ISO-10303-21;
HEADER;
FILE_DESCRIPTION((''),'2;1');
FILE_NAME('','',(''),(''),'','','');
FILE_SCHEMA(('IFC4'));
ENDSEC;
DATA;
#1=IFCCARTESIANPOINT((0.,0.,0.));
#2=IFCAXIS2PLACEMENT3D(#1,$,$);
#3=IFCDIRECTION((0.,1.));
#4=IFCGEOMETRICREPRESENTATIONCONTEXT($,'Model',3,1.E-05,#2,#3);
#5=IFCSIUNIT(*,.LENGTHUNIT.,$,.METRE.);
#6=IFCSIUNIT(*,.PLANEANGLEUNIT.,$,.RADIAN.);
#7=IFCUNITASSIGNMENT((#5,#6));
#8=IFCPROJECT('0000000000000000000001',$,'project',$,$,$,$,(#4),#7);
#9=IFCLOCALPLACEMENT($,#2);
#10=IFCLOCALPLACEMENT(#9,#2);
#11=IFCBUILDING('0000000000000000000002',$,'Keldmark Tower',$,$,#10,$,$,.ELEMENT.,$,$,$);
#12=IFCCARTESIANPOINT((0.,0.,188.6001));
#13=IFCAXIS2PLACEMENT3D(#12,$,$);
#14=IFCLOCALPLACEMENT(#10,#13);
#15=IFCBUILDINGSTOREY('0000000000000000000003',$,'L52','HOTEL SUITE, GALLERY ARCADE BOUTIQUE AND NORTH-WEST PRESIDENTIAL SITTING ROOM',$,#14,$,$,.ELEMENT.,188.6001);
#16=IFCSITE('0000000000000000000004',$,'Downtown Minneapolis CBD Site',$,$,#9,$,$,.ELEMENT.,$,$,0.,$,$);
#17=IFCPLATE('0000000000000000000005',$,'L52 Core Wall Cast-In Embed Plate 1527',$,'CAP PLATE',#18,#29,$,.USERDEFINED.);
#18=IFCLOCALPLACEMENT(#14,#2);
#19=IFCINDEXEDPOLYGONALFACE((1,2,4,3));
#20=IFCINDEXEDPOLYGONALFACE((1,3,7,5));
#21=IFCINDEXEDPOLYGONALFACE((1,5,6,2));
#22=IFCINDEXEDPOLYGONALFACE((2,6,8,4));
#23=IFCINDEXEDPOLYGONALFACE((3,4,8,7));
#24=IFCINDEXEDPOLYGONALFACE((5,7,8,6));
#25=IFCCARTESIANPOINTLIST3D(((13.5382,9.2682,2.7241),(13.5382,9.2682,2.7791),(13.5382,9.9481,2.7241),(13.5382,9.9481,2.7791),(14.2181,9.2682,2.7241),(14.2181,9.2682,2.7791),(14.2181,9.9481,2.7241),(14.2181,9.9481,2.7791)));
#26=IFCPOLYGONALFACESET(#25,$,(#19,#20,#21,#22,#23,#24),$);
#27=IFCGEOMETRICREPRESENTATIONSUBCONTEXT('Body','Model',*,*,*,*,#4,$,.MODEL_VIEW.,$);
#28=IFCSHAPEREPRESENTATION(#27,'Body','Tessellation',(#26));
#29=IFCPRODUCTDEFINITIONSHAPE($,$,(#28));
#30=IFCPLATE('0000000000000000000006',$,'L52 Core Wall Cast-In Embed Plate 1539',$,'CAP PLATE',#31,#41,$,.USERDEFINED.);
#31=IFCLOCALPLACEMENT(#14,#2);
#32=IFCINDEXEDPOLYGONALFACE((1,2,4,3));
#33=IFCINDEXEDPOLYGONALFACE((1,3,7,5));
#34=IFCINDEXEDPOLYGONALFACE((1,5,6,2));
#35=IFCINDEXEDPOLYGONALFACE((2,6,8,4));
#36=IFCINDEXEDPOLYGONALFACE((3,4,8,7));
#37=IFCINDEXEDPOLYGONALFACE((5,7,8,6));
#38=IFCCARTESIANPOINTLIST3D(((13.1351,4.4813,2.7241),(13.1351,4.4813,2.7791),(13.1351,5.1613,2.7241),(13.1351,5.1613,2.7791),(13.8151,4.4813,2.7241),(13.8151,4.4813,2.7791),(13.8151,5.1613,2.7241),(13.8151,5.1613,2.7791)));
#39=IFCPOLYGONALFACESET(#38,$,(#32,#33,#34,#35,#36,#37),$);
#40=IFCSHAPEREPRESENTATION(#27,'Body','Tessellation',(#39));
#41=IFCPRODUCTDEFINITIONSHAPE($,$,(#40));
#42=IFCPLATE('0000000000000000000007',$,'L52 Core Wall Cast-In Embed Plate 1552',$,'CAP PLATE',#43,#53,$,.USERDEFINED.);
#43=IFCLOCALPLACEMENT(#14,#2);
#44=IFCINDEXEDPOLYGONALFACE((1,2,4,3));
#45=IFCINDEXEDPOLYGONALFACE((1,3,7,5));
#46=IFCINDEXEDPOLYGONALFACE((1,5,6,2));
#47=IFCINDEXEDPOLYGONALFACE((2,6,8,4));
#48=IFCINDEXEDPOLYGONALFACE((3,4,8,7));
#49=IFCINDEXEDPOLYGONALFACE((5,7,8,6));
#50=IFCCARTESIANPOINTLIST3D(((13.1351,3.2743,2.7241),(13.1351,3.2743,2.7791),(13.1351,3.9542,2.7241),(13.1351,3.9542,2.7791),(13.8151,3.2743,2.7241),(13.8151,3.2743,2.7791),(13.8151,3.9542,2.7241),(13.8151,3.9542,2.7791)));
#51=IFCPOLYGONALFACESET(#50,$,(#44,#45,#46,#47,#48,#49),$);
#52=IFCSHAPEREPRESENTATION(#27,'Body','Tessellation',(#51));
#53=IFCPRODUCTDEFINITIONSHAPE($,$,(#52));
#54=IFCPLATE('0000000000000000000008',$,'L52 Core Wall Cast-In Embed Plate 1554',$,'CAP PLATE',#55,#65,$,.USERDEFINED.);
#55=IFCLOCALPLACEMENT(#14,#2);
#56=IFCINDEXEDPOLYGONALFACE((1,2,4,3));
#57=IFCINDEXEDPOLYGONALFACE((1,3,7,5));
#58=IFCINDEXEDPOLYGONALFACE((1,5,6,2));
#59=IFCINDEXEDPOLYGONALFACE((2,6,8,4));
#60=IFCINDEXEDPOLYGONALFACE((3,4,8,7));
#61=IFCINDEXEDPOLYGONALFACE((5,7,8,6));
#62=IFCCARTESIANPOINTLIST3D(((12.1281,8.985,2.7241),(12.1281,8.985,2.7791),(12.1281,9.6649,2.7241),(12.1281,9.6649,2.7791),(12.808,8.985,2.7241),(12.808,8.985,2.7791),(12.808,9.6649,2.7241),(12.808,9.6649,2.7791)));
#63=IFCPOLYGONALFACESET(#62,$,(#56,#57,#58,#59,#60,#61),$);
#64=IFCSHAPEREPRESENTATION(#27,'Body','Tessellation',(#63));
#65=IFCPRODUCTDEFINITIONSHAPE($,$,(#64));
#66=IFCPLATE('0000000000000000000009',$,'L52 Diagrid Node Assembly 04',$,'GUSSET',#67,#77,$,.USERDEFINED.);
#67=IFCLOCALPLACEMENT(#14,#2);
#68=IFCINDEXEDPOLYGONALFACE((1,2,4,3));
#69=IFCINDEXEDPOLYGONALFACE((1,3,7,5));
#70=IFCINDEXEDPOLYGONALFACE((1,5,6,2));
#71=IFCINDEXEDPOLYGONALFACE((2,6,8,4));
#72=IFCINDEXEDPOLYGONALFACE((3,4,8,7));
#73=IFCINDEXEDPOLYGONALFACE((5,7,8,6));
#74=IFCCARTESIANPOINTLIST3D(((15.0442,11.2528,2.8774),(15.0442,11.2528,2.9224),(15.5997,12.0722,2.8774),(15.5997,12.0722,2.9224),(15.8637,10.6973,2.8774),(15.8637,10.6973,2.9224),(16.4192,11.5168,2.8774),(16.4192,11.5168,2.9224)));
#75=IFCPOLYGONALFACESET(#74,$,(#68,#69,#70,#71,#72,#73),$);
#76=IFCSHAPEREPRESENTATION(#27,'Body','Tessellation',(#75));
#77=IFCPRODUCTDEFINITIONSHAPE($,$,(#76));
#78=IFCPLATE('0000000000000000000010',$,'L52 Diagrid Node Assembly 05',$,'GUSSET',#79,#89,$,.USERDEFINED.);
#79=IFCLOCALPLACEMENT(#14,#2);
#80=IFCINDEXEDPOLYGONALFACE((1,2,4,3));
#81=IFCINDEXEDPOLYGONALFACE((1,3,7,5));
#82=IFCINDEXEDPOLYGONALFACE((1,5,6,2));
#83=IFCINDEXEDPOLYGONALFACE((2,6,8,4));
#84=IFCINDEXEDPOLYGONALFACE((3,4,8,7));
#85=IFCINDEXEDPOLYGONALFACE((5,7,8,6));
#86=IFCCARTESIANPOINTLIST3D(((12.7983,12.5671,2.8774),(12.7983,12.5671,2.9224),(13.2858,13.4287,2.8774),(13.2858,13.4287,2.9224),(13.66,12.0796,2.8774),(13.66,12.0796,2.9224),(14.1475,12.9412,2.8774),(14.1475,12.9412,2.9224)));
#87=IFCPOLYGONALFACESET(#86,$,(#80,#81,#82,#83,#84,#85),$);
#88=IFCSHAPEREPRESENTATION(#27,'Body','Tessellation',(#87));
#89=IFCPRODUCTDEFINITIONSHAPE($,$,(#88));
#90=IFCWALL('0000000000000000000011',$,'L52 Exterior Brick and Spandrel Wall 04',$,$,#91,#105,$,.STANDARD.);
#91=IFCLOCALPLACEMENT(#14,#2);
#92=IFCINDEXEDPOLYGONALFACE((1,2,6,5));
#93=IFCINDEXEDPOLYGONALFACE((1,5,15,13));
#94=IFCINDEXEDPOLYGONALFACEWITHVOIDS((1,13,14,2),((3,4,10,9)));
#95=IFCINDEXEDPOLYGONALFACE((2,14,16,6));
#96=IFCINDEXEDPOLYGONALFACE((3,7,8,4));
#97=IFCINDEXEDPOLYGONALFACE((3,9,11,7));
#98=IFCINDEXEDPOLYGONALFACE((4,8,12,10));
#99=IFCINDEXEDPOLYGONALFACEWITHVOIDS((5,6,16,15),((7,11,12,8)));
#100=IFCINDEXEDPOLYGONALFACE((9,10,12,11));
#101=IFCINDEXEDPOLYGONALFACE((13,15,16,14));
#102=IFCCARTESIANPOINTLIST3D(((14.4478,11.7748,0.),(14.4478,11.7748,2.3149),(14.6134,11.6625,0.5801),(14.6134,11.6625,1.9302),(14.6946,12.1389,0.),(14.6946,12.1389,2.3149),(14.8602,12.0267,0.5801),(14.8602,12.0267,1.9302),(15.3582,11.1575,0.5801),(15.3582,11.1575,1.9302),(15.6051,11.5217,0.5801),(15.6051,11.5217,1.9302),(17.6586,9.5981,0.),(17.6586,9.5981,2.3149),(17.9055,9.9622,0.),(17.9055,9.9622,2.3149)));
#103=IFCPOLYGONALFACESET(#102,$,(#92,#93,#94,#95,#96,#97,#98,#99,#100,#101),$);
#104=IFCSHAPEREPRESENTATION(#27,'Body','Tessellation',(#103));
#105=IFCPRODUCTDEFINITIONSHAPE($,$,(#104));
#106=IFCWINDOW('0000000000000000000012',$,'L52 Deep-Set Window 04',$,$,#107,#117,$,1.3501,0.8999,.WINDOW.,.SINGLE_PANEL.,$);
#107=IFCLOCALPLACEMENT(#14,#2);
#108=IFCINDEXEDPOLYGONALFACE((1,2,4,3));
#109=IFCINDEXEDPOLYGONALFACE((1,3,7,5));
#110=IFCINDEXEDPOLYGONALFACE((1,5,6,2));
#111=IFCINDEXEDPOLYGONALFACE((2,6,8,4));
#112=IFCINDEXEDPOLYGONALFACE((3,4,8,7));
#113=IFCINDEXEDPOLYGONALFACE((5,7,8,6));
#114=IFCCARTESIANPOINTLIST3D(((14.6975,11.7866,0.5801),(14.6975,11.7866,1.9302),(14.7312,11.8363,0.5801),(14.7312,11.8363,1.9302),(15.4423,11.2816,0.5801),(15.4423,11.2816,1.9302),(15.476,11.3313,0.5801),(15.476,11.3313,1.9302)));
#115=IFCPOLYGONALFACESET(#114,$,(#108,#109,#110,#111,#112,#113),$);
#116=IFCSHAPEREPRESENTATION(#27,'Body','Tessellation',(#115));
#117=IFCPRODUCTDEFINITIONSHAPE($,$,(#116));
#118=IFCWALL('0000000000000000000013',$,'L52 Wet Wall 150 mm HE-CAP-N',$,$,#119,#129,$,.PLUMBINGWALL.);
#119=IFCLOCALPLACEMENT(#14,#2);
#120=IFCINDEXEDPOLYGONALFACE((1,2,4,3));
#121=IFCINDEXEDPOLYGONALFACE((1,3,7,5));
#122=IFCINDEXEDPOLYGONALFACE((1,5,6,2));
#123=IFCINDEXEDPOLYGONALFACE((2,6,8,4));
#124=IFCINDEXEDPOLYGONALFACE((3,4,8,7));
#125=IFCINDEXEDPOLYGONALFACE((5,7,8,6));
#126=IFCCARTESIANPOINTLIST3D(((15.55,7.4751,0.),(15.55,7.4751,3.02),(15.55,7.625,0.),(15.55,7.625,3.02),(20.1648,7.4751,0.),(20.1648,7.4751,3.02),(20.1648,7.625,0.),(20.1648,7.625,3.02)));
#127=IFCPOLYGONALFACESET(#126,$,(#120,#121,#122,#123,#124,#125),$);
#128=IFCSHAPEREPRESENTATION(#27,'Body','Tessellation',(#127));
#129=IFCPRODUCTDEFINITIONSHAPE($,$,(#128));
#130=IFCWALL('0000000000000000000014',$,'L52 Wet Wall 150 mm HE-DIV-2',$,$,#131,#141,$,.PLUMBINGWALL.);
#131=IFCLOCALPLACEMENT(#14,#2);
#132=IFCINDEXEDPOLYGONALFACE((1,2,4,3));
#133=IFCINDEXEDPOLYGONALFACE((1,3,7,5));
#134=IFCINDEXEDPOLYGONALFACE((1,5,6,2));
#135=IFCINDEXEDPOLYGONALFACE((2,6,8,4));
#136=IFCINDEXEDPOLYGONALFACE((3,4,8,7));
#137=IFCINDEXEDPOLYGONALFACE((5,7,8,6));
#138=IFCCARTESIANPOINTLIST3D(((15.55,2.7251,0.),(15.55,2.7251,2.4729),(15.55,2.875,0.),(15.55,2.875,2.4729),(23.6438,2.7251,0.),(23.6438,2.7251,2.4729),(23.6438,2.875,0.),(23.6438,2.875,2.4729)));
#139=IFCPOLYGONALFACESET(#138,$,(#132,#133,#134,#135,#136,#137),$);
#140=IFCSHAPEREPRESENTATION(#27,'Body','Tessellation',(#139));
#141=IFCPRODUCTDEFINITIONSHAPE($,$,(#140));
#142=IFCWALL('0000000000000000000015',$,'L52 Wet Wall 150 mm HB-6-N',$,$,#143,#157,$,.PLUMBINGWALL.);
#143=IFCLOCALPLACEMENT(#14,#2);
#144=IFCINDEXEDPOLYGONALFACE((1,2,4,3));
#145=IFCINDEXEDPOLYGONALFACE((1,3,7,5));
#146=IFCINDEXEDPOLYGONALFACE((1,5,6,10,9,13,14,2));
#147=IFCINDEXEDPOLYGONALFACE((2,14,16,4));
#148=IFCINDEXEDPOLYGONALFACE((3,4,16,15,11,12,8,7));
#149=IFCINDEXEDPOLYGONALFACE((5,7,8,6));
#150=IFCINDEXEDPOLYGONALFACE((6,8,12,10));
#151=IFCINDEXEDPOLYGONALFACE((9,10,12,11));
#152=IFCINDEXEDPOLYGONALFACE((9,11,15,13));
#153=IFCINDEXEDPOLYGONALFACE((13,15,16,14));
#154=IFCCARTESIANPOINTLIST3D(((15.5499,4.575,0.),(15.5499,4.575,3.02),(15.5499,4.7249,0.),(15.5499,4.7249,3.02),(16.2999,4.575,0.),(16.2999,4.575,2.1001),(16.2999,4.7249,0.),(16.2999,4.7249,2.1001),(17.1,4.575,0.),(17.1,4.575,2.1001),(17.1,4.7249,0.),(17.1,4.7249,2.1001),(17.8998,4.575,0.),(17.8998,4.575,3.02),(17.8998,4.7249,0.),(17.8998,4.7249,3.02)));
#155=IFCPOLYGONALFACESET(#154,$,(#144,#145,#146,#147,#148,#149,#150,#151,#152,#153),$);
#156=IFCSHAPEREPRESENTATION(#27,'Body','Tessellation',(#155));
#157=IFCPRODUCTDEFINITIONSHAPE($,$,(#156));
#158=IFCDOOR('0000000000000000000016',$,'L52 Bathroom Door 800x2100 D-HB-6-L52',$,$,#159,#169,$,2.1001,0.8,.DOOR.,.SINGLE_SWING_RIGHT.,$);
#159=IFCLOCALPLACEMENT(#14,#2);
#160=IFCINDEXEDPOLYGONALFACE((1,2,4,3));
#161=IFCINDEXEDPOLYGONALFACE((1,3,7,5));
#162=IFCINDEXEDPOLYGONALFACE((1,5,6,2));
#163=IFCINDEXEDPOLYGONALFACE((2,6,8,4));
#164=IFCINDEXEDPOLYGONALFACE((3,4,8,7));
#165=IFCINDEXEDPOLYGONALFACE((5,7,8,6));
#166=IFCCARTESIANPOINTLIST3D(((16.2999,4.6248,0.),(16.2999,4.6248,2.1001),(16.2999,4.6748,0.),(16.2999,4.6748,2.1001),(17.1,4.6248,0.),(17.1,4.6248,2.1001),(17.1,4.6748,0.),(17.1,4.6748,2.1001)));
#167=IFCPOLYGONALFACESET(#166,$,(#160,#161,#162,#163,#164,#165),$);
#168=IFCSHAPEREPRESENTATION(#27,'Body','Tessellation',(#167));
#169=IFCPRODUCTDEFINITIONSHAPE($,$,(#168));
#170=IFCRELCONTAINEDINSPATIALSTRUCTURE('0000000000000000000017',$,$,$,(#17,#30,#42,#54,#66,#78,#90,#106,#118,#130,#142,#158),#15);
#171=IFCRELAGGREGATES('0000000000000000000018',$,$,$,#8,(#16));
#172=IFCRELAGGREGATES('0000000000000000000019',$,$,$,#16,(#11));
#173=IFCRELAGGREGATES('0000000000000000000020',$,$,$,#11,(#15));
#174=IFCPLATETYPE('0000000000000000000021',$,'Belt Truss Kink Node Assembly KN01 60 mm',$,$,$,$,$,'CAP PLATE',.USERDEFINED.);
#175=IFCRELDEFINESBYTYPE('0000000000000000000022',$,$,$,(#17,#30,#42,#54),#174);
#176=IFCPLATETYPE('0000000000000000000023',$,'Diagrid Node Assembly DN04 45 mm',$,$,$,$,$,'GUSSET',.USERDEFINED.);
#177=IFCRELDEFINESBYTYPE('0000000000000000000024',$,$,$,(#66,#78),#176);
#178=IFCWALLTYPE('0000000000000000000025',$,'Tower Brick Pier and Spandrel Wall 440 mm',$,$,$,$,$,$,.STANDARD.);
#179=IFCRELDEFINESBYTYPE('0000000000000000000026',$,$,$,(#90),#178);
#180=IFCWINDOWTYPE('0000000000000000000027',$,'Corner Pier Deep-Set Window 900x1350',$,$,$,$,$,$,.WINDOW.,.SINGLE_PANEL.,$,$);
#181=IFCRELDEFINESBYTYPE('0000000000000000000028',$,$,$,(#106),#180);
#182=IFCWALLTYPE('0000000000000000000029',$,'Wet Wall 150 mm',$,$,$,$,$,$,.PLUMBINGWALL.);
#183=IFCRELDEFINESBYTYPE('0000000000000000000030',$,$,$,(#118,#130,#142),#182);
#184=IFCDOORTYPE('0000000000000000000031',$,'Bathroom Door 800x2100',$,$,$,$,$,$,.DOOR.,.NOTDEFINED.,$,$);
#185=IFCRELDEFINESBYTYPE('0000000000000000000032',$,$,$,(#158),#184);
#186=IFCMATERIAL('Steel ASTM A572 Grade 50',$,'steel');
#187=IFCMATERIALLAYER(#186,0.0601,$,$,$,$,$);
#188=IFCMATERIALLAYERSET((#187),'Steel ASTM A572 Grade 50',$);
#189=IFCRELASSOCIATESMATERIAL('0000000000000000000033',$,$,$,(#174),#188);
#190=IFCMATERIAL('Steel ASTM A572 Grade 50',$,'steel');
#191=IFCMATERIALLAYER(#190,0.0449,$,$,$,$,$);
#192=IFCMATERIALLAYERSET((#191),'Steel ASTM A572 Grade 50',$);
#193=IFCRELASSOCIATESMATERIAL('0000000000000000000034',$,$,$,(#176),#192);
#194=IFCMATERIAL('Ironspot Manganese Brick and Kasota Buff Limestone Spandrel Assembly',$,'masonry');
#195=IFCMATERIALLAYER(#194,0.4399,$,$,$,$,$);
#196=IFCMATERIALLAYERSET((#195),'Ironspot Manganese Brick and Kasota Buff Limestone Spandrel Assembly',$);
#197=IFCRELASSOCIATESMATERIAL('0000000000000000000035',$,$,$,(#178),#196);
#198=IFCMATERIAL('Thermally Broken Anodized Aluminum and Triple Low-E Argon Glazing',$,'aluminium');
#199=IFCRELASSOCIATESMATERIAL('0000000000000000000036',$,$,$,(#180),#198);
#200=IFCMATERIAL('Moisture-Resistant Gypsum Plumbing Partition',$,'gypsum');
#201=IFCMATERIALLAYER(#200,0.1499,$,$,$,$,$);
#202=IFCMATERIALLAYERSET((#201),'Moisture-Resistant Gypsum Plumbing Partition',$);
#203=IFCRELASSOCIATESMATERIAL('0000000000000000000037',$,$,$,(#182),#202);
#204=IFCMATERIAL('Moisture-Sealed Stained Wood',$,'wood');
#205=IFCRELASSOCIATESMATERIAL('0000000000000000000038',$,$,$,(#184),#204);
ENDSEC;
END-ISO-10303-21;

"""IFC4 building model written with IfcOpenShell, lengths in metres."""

from ifc_helpers import new_model, si_unit, direction, frame, frame_2d, origin, origin_2d, place, context, subcontext, project, spatial, rectangle, extrude, material, layer, layer_set, type_object, element, fill, save


model = new_model("IFC4")

# Units and contexts
model_context = context("Model", 3, precision=1e-05, world=origin(), true_north=direction((0.0, 1.0)))
body_context = subcontext(model_context, "Body", "Model", "MODEL_VIEW")
ifc_project = project(units=[si_unit("LENGTHUNIT", "METRE"), si_unit("PLANEANGLEUNIT", "RADIAN")], contexts=[model_context])

# Site, building, storey
site_placement = place(None, origin())
site = spatial("IfcSite", under=ifc_project, at=site_placement, Name="Downtown Minneapolis CBD Site", CompositionType="ELEMENT", RefElevation=0.0)
building_placement = place(site_placement, origin())
building = spatial("IfcBuilding", under=site, at=building_placement, Name="Keldmark Tower", CompositionType="ELEMENT")
storey_placement = place(building_placement, frame((0.0, 0.0, 188.6001)))
storey = spatial("IfcBuildingStorey", under=building, at=storey_placement, Name="L52", Description="HOTEL SUITE, GALLERY ARCADE BOUTIQUE AND NORTH-WEST PRESIDENTIAL SITTING ROOM", CompositionType="ELEMENT", Elevation=188.6001)

# Plates
ifc_material_1 = material(Name="Steel ASTM A572 Grade 50", Category="steel")
ifc_layer_1 = layer(ifc_material_1, 0.0601)
ifc_layer_set_1 = layer_set([ifc_layer_1], Name="Steel ASTM A572 Grade 50")
plate_type_1 = type_object("IfcPlateType", Name="Belt Truss Kink Node Assembly KN01 60 mm", ElementType="CAP PLATE", PredefinedType="USERDEFINED", material=ifc_layer_set_1)
for number, where, z_axis, x_axis, name in (
    (1, (13.8782, 9.6082, 2.7241), (0.0, 0.0, 1.0), (1.0, 0.0, 0.0), "L52 Core Wall Cast-In Embed Plate 1527"),
    (2, (13.4751, 4.8213, 2.7241), (0.0, 0.0, 1.0), (1.0, 0.0, 0.0), "L52 Core Wall Cast-In Embed Plate 1539"),
    (3, (13.4751, 3.6143, 2.7241), (0.0, 0.0, 1.0), (1.0, 0.0, 0.0), "L52 Core Wall Cast-In Embed Plate 1552"),
    (4, (12.468, 9.325, 2.7241), (0.0, 0.0, 1.0), (1.0, 0.0, 0.0), "L52 Core Wall Cast-In Embed Plate 1554"),
):
    element("IfcPlate", number, at=place(storey_placement, frame(where, z_axis=z_axis, x_axis=x_axis)), inside=storey, type_object=plate_type_1, Name=name, ObjectType="CAP PLATE", PredefinedType="USERDEFINED", context=body_context, shape_type="SweptSolid", body=[
        extrude(rectangle(XDim=0.6799, YDim=0.6799, at=origin_2d()), origin(), (0.0, 0.0, 1.0), 0.0549),
    ])
ifc_material_2 = material(Name="Steel ASTM A572 Grade 50", Category="steel")
ifc_layer_2 = layer(ifc_material_2, 0.0449)
ifc_layer_set_2 = layer_set([ifc_layer_2], Name="Steel ASTM A572 Grade 50")
plate_type_2 = type_object("IfcPlateType", Name="Diagrid Node Assembly DN04 45 mm", ElementType="GUSSET", PredefinedType="USERDEFINED", material=ifc_layer_set_2)
for number, where, z_axis, x_axis, name in (
    (5, (15.7317, 11.3848, 2.8774), (0.0, 0.0, 1.0), (-0.827767, 0.561072, 0.0), "L52 Diagrid Node Assembly 04"),
    (6, (13.4729, 12.7542, 2.8774), (0.0, 0.0, 1.0), (-0.870356, 0.492424, 0.0), "L52 Diagrid Node Assembly 05"),
):
    element("IfcPlate", number, at=place(storey_placement, frame(where, z_axis=z_axis, x_axis=x_axis)), inside=storey, type_object=plate_type_2, Name=name, ObjectType="GUSSET", PredefinedType="USERDEFINED", context=body_context, shape_type="SweptSolid", body=[
        extrude(rectangle(XDim=0.99, YDim=0.99, at=origin_2d()), origin(), (0.0, 0.0, 1.0), 0.0449),
    ])

# Wall, opening, window
ifc_material_3 = material(Name="Ironspot Manganese Brick and Kasota Buff Limestone Spandrel Assembly", Category="masonry")
ifc_layer_3 = layer(ifc_material_3, 0.4399)
ifc_layer_set_3 = layer_set([ifc_layer_3], Name="Ironspot Manganese Brick and Kasota Buff Limestone Spandrel Assembly")
wall_type_1 = type_object("IfcWallType", Name="Tower Brick Pier and Spandrel Wall 440 mm", PredefinedType="STANDARD", material=ifc_layer_set_3)
wall_1_placement = place(storey_placement, frame((14.5713, 11.9568, 0.0), z_axis=(0.0, 0.0, 1.0), x_axis=(0.827726, -0.561132, 0.0)))
wall_1 = element("IfcWall", 7, at=wall_1_placement, inside=storey, type_object=wall_type_1, Name="L52 Exterior Brick and Spandrel Wall 04", PredefinedType="STANDARD", context=body_context, shape_type="SweptSolid", body=[
    extrude(rectangle(XDim=3.8792, YDim=0.4399, at=frame_2d((1.9395, 0.0))), origin(), (0.0, 0.0, 1.0), 2.3149),
])
opening_1_placement = place(wall_1_placement, frame((0.2, 0.0, 0.5801)))
opening_1 = element("IfcOpeningElement", 8, at=opening_1_placement, cuts=wall_1, PredefinedType="OPENING", context=body_context, shape_type="SweptSolid", body=[
    extrude(rectangle(XDim=0.8999, YDim=1.3501, at=frame_2d((0.45, 0.675))), frame((0.0, 0.23, 0.0), z_axis=(0.0, -1.0, 0.0), x_axis=(1.0, 0.0, 0.0)), (0.0, 0.0, 1.0), 0.46),
])
ifc_material_4 = material(Name="Thermally Broken Anodized Aluminum and Triple Low-E Argon Glazing", Category="aluminium")
window_type = type_object("IfcWindowType", Name="Corner Pier Deep-Set Window 900x1350", PartitioningType="SINGLE_PANEL", PredefinedType="WINDOW", material=ifc_material_4)
window_placement = place(opening_1_placement, origin())
window = element("IfcWindow", 9, at=window_placement, inside=storey, type_object=window_type, Name="L52 Deep-Set Window 04", OverallHeight=1.3501, OverallWidth=0.8999, PartitioningType="SINGLE_PANEL", PredefinedType="WINDOW", context=body_context, shape_type="SweptSolid", body=[
    extrude(rectangle(XDim=0.8999, YDim=1.3501, at=frame_2d((0.45, 0.675))), frame((0.0, -0.01, 0.0), z_axis=(0.0, -1.0, 0.0), x_axis=(1.0, 0.0, 0.0)), (0.0, 0.0, 1.0), 0.0601),
])
fill(opening_1, window)

# Walls
ifc_material_5 = material(Name="Moisture-Resistant Gypsum Plumbing Partition", Category="gypsum")
ifc_layer_4 = layer(ifc_material_5, 0.1499)
ifc_layer_set_4 = layer_set([ifc_layer_4], Name="Moisture-Resistant Gypsum Plumbing Partition")
wall_type_2 = type_object("IfcWallType", Name="Wet Wall 150 mm", PredefinedType="PLUMBINGWALL", material=ifc_layer_set_4)
wall_2_placement = place(storey_placement, frame((15.55, 7.55, 0.0), z_axis=(0.0, 0.0, 1.0), x_axis=(1.0, 0.0, 0.0)))
element("IfcWall", 10, at=wall_2_placement, inside=storey, type_object=wall_type_2, Name="L52 Wet Wall 150 mm HE-CAP-N", PredefinedType="PLUMBINGWALL", context=body_context, shape_type="SweptSolid", body=[
    extrude(rectangle(XDim=4.6147, YDim=0.1499, at=frame_2d((2.3074, 0.0))), origin(), (0.0, 0.0, 1.0), 3.02),
])
wall_3_placement = place(storey_placement, frame((15.55, 2.8, 0.0), z_axis=(0.0, 0.0, 1.0), x_axis=(1.0, 0.0, 0.0)))
element("IfcWall", 11, at=wall_3_placement, inside=storey, type_object=wall_type_2, Name="L52 Wet Wall 150 mm HE-DIV-2", PredefinedType="PLUMBINGWALL", context=body_context, shape_type="SweptSolid", body=[
    extrude(rectangle(XDim=8.0938, YDim=0.1499, at=frame_2d((4.0469, 0.0))), origin(), (0.0, 0.0, 1.0), 2.4729),
])

# Wall, opening, door
wall_4_placement = place(storey_placement, frame((15.55, 4.6499, 0.0), z_axis=(0.0, 0.0, 1.0), x_axis=(1.0, 0.0, 0.0)))
wall_4 = element("IfcWall", 12, at=wall_4_placement, inside=storey, type_object=wall_type_2, Name="L52 Wet Wall 150 mm HB-6-N", PredefinedType="PLUMBINGWALL", context=body_context, shape_type="SweptSolid", body=[
    extrude(rectangle(XDim=2.3499, YDim=0.1499, at=frame_2d((1.1748, 0.0))), origin(), (0.0, 0.0, 1.0), 3.02),
])
opening_2_placement = place(wall_4_placement, frame((0.75, 0.0, 0.0)))
opening_2 = element("IfcOpeningElement", 13, at=opening_2_placement, cuts=wall_4, PredefinedType="OPENING", context=body_context, shape_type="SweptSolid", body=[
    extrude(rectangle(XDim=0.8, YDim=2.1001, at=frame_2d((0.3999, 1.05))), frame((0.0, 0.085, 0.0), z_axis=(0.0, -1.0, 0.0), x_axis=(1.0, 0.0, 0.0)), (0.0, 0.0, 1.0), 0.1699),
])
ifc_material_6 = material(Name="Moisture-Sealed Stained Wood", Category="wood")
door_type_1 = type_object("IfcDoorType", Name="Bathroom Door 800x2100", OperationType="NOTDEFINED", PredefinedType="DOOR", material=ifc_material_6)
door_1_placement = place(opening_2_placement, origin())
door_1 = element("IfcDoor", 14, at=door_1_placement, inside=storey, type_object=door_type_1, Name="L52 Bathroom Door 800x2100 D-HB-6-L52", OperationType="SINGLE_SWING_RIGHT", OverallHeight=2.1001, OverallWidth=0.8, PredefinedType="DOOR", context=body_context, shape_type="SweptSolid", body=[
    extrude(rectangle(XDim=0.8, YDim=2.1001, at=frame_2d((0.3999, 1.05))), frame((0.0, 0.0249, 0.0), z_axis=(0.0, -1.0, 0.0), x_axis=(1.0, 0.0, 0.0)), (0.0, 0.0, 1.0), 0.05),
])
fill(opening_2, door_1)

save(model, "model.ifc")
